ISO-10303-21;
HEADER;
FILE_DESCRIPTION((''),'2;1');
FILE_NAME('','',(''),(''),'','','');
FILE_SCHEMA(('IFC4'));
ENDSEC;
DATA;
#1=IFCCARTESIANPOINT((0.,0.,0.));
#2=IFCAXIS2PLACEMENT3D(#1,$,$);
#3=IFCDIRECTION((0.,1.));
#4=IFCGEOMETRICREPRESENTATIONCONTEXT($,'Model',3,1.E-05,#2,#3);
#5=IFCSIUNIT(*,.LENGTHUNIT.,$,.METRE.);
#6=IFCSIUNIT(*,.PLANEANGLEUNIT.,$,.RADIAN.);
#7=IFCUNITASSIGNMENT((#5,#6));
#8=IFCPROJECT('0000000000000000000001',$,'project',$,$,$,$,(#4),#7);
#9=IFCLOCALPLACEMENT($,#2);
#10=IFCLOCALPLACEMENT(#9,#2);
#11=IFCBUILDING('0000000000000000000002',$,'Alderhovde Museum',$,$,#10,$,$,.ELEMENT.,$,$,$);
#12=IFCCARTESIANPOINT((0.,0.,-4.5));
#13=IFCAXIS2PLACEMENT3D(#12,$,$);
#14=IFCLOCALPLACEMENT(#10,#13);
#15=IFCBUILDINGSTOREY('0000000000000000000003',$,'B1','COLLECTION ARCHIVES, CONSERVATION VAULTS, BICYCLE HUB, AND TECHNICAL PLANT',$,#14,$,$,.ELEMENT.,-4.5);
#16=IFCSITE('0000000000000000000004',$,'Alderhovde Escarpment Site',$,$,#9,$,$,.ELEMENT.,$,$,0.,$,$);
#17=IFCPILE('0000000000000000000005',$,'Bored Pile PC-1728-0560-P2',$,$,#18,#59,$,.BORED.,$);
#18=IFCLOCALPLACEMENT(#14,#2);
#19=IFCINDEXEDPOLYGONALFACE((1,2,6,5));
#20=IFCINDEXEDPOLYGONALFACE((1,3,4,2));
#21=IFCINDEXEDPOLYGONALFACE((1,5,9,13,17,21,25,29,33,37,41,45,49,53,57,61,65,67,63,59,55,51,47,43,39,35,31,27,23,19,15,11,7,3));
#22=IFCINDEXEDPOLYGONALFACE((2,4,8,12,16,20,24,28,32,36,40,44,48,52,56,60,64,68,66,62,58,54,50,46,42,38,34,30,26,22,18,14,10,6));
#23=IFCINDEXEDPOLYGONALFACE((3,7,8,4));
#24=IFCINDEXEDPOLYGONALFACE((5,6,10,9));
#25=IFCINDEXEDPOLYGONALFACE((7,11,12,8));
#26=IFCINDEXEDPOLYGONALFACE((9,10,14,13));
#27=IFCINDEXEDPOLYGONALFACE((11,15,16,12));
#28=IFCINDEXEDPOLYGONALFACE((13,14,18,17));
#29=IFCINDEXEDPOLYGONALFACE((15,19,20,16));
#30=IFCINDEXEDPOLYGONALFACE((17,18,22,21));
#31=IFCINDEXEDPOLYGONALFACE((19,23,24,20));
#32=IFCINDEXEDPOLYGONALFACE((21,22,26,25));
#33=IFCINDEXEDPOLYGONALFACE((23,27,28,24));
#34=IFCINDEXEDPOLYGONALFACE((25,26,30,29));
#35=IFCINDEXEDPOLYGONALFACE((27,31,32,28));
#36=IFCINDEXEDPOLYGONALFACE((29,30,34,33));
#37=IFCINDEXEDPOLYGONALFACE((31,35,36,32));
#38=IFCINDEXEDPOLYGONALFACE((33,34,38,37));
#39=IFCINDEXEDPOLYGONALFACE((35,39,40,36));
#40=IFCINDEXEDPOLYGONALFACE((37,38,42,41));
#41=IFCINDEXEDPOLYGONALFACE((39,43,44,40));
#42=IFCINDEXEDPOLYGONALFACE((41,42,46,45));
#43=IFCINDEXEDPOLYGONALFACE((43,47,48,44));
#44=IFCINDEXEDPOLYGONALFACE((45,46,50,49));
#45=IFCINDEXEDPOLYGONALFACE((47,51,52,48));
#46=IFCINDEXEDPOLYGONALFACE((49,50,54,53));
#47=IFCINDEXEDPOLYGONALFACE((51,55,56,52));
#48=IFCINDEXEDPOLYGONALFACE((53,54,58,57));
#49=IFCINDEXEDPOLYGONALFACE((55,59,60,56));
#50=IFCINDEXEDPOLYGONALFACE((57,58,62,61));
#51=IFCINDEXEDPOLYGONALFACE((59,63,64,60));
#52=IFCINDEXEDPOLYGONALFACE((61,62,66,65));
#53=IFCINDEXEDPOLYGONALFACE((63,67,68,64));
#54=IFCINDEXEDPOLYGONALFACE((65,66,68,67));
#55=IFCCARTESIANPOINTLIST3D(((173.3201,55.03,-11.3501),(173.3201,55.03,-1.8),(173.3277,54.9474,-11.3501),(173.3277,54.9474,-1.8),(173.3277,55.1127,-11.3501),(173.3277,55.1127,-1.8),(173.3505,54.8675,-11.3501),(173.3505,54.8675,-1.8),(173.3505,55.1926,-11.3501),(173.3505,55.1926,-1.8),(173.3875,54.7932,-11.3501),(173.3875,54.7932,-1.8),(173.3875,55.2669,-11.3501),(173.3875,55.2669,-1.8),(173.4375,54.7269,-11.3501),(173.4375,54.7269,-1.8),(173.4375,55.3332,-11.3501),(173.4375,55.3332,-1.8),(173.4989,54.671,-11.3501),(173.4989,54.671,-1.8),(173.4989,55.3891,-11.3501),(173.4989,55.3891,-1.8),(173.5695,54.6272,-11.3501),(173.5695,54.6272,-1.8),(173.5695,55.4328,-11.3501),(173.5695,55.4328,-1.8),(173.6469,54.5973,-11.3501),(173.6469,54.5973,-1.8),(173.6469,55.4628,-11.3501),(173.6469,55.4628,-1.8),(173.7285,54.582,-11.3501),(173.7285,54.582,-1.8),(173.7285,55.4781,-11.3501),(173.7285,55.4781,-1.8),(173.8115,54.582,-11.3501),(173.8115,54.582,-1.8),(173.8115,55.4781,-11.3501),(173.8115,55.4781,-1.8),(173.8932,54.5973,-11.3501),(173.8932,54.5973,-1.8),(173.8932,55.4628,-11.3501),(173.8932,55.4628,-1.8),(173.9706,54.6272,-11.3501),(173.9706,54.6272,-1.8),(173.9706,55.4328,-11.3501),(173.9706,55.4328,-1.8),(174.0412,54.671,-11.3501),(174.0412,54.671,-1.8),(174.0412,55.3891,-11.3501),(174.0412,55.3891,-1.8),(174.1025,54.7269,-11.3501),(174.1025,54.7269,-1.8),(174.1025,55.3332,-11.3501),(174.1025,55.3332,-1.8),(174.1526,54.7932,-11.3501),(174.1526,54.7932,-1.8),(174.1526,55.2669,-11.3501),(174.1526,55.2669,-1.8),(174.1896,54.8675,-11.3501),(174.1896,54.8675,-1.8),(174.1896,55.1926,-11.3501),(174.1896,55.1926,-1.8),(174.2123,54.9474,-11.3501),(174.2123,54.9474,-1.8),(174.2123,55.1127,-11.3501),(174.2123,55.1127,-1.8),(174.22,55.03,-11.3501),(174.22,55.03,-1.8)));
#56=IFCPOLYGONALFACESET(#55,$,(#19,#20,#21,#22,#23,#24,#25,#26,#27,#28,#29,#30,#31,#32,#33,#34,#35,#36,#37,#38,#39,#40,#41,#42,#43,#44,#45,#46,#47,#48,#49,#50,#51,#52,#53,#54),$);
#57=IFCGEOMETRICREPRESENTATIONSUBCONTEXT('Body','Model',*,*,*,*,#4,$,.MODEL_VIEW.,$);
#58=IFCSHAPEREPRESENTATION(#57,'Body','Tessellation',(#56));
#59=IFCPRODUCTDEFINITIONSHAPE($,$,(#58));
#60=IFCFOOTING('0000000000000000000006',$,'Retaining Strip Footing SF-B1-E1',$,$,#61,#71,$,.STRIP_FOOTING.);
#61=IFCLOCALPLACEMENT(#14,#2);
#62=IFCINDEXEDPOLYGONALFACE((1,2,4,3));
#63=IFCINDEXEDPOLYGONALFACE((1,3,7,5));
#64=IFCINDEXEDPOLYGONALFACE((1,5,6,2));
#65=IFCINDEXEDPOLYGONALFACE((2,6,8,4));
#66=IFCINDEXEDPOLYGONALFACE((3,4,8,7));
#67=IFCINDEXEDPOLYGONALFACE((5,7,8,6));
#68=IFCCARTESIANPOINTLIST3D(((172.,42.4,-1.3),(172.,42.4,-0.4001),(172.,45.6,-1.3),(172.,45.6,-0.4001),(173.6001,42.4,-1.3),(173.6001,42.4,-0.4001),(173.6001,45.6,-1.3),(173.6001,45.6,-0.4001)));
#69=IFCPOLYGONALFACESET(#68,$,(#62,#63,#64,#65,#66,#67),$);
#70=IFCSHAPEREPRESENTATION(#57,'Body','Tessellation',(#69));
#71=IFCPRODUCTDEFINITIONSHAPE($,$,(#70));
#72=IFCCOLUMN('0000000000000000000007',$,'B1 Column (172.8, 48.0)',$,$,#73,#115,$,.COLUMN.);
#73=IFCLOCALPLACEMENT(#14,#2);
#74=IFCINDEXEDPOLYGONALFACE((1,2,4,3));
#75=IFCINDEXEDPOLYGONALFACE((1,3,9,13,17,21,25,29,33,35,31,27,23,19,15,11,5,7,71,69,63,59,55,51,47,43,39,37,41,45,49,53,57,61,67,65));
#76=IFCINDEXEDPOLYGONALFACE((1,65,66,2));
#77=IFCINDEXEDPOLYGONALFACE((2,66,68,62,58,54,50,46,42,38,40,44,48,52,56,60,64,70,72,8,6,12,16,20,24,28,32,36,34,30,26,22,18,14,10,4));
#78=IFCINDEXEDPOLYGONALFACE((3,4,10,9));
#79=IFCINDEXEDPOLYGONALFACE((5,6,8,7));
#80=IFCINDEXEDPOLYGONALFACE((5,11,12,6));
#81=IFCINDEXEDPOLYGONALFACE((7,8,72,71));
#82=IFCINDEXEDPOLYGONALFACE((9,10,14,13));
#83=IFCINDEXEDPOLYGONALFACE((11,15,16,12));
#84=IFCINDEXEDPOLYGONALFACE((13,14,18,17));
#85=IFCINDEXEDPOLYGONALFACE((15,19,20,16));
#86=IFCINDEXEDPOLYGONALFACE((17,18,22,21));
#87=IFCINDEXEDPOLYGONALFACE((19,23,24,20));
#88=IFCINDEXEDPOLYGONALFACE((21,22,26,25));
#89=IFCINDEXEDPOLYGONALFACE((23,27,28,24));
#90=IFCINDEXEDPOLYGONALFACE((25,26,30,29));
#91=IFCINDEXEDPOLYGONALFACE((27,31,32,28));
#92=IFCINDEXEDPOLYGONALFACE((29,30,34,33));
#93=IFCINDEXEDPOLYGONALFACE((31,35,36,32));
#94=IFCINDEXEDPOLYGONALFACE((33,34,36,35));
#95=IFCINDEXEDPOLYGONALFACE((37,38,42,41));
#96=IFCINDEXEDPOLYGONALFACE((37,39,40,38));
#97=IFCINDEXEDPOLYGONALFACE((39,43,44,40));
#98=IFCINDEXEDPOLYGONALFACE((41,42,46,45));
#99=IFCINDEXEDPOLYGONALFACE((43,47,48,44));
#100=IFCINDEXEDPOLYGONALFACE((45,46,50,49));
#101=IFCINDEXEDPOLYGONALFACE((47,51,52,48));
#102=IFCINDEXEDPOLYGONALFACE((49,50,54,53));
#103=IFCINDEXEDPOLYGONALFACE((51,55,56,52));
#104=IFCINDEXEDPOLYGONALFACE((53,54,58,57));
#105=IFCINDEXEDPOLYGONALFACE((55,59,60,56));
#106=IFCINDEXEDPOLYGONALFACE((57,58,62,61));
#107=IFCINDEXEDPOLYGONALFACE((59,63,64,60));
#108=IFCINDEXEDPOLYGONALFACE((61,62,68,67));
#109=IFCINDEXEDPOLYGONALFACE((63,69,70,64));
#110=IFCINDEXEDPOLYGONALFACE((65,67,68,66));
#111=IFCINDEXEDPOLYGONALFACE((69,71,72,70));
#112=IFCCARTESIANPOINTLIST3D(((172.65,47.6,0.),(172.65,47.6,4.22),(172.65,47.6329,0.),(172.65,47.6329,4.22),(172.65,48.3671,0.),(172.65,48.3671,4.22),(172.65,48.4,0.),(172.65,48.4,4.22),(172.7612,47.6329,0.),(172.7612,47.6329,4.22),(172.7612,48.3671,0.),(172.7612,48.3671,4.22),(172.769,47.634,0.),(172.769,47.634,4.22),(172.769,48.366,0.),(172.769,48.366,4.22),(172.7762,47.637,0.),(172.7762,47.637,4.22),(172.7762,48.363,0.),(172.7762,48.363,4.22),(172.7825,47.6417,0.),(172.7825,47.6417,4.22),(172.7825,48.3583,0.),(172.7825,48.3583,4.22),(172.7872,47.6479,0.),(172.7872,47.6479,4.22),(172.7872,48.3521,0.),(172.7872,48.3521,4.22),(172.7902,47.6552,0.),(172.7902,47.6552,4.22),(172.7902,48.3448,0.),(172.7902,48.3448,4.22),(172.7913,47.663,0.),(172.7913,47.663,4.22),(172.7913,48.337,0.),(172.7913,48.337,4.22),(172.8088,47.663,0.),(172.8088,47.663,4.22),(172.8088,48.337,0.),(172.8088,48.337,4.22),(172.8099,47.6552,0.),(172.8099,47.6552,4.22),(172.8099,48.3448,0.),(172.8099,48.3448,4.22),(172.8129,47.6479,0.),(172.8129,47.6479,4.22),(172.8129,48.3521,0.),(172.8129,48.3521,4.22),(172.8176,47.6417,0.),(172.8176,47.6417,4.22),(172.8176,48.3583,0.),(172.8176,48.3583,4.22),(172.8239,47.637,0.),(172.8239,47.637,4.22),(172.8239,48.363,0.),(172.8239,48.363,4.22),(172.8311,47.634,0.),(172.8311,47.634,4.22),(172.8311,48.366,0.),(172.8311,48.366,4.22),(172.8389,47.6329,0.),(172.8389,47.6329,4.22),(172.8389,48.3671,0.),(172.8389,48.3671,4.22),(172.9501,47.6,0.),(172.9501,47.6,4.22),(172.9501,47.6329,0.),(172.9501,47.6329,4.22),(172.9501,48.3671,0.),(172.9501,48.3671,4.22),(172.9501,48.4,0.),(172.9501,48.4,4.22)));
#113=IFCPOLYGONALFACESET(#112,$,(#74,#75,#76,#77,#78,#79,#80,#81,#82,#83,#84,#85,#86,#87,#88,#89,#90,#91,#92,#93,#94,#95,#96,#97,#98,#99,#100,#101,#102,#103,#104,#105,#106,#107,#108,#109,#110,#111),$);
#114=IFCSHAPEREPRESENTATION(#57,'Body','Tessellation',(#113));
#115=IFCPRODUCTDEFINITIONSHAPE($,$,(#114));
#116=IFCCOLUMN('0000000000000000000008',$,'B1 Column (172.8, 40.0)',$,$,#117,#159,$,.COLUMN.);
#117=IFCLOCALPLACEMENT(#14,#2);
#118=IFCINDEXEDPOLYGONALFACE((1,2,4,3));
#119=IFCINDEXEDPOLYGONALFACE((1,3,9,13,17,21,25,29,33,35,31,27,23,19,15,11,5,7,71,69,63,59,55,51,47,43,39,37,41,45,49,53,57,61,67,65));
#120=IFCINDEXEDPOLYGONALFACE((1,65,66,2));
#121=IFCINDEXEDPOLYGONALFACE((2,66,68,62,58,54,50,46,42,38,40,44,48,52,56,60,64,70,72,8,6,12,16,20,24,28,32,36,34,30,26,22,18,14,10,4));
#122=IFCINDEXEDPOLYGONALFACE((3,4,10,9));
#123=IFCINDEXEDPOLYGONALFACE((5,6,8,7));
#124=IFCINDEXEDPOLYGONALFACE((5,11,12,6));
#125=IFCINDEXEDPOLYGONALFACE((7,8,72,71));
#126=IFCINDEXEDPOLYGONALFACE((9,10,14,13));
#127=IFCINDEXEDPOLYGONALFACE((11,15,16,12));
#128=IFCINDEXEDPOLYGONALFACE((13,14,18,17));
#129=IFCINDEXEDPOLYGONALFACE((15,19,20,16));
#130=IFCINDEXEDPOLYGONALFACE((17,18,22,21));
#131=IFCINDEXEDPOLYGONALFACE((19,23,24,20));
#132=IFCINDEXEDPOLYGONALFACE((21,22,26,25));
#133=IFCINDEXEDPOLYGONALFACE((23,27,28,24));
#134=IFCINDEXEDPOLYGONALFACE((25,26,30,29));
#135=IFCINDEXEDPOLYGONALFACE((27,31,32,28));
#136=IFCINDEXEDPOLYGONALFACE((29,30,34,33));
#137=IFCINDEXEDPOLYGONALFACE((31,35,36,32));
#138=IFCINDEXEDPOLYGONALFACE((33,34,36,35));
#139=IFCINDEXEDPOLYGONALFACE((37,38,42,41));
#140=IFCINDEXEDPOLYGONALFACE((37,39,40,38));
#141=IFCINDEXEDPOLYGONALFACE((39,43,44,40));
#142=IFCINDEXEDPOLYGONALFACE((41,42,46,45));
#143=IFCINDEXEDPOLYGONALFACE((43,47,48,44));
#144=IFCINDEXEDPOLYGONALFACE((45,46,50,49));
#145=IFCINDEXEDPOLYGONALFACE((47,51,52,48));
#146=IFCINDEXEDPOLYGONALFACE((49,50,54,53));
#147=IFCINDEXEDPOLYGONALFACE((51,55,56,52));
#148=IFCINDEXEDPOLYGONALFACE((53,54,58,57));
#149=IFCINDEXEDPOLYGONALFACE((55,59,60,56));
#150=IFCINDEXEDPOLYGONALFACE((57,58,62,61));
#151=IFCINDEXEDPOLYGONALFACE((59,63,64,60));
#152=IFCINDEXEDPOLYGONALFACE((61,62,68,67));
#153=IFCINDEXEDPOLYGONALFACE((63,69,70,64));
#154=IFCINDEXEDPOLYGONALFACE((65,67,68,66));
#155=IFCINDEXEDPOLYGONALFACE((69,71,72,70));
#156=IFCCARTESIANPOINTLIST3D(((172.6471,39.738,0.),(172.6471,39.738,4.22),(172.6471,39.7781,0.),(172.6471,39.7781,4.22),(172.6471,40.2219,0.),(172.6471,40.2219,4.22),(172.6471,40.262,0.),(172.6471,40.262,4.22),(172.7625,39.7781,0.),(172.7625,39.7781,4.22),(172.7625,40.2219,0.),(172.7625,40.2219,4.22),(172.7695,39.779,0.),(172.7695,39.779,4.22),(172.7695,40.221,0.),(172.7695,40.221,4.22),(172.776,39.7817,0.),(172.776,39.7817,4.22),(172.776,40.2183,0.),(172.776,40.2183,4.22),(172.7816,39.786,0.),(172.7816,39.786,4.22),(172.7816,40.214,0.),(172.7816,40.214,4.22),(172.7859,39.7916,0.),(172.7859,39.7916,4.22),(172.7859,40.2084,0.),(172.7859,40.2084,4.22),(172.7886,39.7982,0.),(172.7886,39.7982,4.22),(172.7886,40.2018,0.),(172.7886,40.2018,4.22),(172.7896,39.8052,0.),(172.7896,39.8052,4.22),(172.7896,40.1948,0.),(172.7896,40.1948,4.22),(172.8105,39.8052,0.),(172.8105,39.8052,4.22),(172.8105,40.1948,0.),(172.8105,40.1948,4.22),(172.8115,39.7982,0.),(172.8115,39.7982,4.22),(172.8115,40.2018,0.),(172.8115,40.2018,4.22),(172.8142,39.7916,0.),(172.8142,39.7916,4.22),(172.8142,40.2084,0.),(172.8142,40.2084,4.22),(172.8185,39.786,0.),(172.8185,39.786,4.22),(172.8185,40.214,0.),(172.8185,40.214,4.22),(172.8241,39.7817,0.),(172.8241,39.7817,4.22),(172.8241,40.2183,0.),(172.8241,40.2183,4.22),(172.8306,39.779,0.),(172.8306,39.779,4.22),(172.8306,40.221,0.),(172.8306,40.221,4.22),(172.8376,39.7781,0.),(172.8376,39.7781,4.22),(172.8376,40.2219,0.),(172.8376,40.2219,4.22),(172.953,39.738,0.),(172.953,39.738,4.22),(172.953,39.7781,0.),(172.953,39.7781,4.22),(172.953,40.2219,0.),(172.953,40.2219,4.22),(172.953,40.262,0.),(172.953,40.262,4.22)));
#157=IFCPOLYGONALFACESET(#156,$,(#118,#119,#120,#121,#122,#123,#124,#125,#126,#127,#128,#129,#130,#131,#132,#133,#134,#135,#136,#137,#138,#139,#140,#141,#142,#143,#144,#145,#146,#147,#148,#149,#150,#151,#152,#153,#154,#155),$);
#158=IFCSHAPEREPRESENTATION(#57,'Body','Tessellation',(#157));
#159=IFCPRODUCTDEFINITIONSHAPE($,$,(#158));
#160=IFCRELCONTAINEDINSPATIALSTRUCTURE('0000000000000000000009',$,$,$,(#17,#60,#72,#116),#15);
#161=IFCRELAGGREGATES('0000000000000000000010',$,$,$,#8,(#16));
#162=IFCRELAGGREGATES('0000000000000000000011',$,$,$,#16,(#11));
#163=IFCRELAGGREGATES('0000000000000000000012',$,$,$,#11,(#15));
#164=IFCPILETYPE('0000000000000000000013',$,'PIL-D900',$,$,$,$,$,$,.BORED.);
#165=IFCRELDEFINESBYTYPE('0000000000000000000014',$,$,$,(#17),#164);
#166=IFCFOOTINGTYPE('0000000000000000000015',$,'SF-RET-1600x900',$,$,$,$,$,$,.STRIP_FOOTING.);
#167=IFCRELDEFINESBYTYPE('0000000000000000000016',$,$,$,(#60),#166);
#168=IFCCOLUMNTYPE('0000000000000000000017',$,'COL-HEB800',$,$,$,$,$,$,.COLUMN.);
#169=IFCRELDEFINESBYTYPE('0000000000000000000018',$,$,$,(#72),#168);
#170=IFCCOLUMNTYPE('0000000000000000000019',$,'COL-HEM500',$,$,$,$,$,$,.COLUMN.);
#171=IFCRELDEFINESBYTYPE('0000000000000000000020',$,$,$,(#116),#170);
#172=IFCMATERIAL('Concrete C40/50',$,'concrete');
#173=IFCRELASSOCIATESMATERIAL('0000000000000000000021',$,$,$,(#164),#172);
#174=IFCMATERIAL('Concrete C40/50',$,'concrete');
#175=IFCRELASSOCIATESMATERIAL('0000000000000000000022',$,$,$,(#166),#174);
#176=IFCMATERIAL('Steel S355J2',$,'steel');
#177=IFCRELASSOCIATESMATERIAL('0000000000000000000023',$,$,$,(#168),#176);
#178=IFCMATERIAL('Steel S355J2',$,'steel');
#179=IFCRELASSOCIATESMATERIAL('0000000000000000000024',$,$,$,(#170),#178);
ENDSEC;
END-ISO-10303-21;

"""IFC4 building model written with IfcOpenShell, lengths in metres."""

from ifc_helpers import new_model, si_unit, direction, frame, origin, origin_2d, place, context, subcontext, project, spatial, rectangle, circle, i_section, extrude, material, material_profile, profile_set, type_object, element, save


model = new_model("IFC4")

# Units and contexts
model_context = context("Model", 3, precision=1e-05, world=origin(), true_north=direction((0.0, 1.0)))
body_context = subcontext(model_context, "Body", "Model", "MODEL_VIEW")
ifc_project = project(units=[si_unit("LENGTHUNIT", "METRE"), si_unit("PLANEANGLEUNIT", "RADIAN")], contexts=[model_context])

# Site, building, storey
site_placement = place(None, origin())
site = spatial("IfcSite", under=ifc_project, at=site_placement, Name="Alderhovde Escarpment Site", CompositionType="ELEMENT", RefElevation=0.0)
building_placement = place(site_placement, origin())
building = spatial("IfcBuilding", under=site, at=building_placement, Name="Alderhovde Museum", CompositionType="ELEMENT")
storey_placement = place(building_placement, frame((0.0, 0.0, -4.5)))
storey = spatial("IfcBuildingStorey", under=building, at=storey_placement, Name="B1", Description="COLLECTION ARCHIVES, CONSERVATION VAULTS, BICYCLE HUB, AND TECHNICAL PLANT", CompositionType="ELEMENT", Elevation=-4.5)

# Pile
ifc_material_1 = material(Name="Concrete C40/50", Category="concrete")
ifc_material_profile_1 = material_profile(ifc_material_1, circle(Radius=0.45, at=origin_2d()), Name="PILE-D900")
ifc_profile_set_1 = profile_set([ifc_material_profile_1], Name="Concrete C40/50")
pile_type_1 = type_object("IfcPileType", Name="PIL-D900", PredefinedType="BORED", material=ifc_profile_set_1)
for number, where, z_axis, x_axis, name in (
    (1, (173.77, 55.03, -1.8), (0.0, 0.0, -1.0), (1.0, 0.0, 0.0), "Bored Pile PC-1728-0560-P2"),
):
    element("IfcPile", number, at=place(storey_placement, frame(where, z_axis=z_axis, x_axis=x_axis)), inside=storey, type_object=pile_type_1, Name=name, PredefinedType="BORED", context=body_context, shape_type="SweptSolid", body=[
        extrude(circle(Radius=0.45, at=origin_2d()), origin(), (0.0, 0.0, 1.0), 9.55),
    ])

# Footing
ifc_material_2 = material(Name="Concrete C40/50", Category="concrete")
footing_type_1 = type_object("IfcFootingType", Name="SF-RET-1600x900", PredefinedType="STRIP_FOOTING", material=ifc_material_2)
footing_1_placement = place(storey_placement, frame((172.8, 44.0, -1.3), z_axis=(0.0, 0.0, 1.0), x_axis=(1.0, 0.0, 0.0)))
element("IfcFooting", 2, at=footing_1_placement, inside=storey, type_object=footing_type_1, Name="Retaining Strip Footing SF-B1-E1", PredefinedType="STRIP_FOOTING", context=body_context, shape_type="SweptSolid", body=[
    extrude(rectangle(XDim=1.6001, YDim=3.2, at=origin_2d()), origin(), (0.0, 0.0, 1.0), 0.8999),
])

# Columns
ifc_material_3 = material(Name="Steel S355J2", Category="steel")
ifc_material_profile_2 = material_profile(ifc_material_3, i_section(OverallWidth=0.3, OverallDepth=0.8, WebThickness=0.0176, FlangeThickness=0.033, FilletRadius=0.03, at=origin_2d()), Name="HEB 800")
ifc_profile_set_2 = profile_set([ifc_material_profile_2], Name="Steel S355J2")
column_type_1 = type_object("IfcColumnType", Name="COL-HEB800", PredefinedType="COLUMN", material=ifc_profile_set_2)
column_1_placement = place(storey_placement, frame((172.8, 48.0, 0.0), z_axis=(0.0, 0.0, 1.0), x_axis=(1.0, 0.0, 0.0)))
element("IfcColumn", 3, at=column_1_placement, inside=storey, type_object=column_type_1, Name="B1 Column (172.8, 48.0)", PredefinedType="COLUMN", context=body_context, shape_type="SweptSolid", body=[
    extrude(i_section(OverallWidth=0.3, OverallDepth=0.8, WebThickness=0.0176, FlangeThickness=0.033, FilletRadius=0.03, at=origin_2d()), origin(), (0.0, 0.0, 1.0), 4.22),
])
ifc_material_4 = material(Name="Steel S355J2", Category="steel")
ifc_material_profile_3 = material_profile(ifc_material_4, i_section(OverallWidth=0.3059, OverallDepth=0.5239, WebThickness=0.021, FlangeThickness=0.04, FilletRadius=0.0271, at=origin_2d()), Name="HEM 500")
ifc_profile_set_3 = profile_set([ifc_material_profile_3], Name="Steel S355J2")
column_type_2 = type_object("IfcColumnType", Name="COL-HEM500", PredefinedType="COLUMN", material=ifc_profile_set_3)
column_2_placement = place(storey_placement, frame((172.8, 40.0, 0.0), z_axis=(0.0, 0.0, 1.0), x_axis=(1.0, 0.0, 0.0)))
element("IfcColumn", 4, at=column_2_placement, inside=storey, type_object=column_type_2, Name="B1 Column (172.8, 40.0)", PredefinedType="COLUMN", context=body_context, shape_type="SweptSolid", body=[
    extrude(i_section(OverallWidth=0.3059, OverallDepth=0.5239, WebThickness=0.021, FlangeThickness=0.04, FilletRadius=0.0271, at=origin_2d()), origin(), (0.0, 0.0, 1.0), 4.22),
])

save(model, "model.ifc")
